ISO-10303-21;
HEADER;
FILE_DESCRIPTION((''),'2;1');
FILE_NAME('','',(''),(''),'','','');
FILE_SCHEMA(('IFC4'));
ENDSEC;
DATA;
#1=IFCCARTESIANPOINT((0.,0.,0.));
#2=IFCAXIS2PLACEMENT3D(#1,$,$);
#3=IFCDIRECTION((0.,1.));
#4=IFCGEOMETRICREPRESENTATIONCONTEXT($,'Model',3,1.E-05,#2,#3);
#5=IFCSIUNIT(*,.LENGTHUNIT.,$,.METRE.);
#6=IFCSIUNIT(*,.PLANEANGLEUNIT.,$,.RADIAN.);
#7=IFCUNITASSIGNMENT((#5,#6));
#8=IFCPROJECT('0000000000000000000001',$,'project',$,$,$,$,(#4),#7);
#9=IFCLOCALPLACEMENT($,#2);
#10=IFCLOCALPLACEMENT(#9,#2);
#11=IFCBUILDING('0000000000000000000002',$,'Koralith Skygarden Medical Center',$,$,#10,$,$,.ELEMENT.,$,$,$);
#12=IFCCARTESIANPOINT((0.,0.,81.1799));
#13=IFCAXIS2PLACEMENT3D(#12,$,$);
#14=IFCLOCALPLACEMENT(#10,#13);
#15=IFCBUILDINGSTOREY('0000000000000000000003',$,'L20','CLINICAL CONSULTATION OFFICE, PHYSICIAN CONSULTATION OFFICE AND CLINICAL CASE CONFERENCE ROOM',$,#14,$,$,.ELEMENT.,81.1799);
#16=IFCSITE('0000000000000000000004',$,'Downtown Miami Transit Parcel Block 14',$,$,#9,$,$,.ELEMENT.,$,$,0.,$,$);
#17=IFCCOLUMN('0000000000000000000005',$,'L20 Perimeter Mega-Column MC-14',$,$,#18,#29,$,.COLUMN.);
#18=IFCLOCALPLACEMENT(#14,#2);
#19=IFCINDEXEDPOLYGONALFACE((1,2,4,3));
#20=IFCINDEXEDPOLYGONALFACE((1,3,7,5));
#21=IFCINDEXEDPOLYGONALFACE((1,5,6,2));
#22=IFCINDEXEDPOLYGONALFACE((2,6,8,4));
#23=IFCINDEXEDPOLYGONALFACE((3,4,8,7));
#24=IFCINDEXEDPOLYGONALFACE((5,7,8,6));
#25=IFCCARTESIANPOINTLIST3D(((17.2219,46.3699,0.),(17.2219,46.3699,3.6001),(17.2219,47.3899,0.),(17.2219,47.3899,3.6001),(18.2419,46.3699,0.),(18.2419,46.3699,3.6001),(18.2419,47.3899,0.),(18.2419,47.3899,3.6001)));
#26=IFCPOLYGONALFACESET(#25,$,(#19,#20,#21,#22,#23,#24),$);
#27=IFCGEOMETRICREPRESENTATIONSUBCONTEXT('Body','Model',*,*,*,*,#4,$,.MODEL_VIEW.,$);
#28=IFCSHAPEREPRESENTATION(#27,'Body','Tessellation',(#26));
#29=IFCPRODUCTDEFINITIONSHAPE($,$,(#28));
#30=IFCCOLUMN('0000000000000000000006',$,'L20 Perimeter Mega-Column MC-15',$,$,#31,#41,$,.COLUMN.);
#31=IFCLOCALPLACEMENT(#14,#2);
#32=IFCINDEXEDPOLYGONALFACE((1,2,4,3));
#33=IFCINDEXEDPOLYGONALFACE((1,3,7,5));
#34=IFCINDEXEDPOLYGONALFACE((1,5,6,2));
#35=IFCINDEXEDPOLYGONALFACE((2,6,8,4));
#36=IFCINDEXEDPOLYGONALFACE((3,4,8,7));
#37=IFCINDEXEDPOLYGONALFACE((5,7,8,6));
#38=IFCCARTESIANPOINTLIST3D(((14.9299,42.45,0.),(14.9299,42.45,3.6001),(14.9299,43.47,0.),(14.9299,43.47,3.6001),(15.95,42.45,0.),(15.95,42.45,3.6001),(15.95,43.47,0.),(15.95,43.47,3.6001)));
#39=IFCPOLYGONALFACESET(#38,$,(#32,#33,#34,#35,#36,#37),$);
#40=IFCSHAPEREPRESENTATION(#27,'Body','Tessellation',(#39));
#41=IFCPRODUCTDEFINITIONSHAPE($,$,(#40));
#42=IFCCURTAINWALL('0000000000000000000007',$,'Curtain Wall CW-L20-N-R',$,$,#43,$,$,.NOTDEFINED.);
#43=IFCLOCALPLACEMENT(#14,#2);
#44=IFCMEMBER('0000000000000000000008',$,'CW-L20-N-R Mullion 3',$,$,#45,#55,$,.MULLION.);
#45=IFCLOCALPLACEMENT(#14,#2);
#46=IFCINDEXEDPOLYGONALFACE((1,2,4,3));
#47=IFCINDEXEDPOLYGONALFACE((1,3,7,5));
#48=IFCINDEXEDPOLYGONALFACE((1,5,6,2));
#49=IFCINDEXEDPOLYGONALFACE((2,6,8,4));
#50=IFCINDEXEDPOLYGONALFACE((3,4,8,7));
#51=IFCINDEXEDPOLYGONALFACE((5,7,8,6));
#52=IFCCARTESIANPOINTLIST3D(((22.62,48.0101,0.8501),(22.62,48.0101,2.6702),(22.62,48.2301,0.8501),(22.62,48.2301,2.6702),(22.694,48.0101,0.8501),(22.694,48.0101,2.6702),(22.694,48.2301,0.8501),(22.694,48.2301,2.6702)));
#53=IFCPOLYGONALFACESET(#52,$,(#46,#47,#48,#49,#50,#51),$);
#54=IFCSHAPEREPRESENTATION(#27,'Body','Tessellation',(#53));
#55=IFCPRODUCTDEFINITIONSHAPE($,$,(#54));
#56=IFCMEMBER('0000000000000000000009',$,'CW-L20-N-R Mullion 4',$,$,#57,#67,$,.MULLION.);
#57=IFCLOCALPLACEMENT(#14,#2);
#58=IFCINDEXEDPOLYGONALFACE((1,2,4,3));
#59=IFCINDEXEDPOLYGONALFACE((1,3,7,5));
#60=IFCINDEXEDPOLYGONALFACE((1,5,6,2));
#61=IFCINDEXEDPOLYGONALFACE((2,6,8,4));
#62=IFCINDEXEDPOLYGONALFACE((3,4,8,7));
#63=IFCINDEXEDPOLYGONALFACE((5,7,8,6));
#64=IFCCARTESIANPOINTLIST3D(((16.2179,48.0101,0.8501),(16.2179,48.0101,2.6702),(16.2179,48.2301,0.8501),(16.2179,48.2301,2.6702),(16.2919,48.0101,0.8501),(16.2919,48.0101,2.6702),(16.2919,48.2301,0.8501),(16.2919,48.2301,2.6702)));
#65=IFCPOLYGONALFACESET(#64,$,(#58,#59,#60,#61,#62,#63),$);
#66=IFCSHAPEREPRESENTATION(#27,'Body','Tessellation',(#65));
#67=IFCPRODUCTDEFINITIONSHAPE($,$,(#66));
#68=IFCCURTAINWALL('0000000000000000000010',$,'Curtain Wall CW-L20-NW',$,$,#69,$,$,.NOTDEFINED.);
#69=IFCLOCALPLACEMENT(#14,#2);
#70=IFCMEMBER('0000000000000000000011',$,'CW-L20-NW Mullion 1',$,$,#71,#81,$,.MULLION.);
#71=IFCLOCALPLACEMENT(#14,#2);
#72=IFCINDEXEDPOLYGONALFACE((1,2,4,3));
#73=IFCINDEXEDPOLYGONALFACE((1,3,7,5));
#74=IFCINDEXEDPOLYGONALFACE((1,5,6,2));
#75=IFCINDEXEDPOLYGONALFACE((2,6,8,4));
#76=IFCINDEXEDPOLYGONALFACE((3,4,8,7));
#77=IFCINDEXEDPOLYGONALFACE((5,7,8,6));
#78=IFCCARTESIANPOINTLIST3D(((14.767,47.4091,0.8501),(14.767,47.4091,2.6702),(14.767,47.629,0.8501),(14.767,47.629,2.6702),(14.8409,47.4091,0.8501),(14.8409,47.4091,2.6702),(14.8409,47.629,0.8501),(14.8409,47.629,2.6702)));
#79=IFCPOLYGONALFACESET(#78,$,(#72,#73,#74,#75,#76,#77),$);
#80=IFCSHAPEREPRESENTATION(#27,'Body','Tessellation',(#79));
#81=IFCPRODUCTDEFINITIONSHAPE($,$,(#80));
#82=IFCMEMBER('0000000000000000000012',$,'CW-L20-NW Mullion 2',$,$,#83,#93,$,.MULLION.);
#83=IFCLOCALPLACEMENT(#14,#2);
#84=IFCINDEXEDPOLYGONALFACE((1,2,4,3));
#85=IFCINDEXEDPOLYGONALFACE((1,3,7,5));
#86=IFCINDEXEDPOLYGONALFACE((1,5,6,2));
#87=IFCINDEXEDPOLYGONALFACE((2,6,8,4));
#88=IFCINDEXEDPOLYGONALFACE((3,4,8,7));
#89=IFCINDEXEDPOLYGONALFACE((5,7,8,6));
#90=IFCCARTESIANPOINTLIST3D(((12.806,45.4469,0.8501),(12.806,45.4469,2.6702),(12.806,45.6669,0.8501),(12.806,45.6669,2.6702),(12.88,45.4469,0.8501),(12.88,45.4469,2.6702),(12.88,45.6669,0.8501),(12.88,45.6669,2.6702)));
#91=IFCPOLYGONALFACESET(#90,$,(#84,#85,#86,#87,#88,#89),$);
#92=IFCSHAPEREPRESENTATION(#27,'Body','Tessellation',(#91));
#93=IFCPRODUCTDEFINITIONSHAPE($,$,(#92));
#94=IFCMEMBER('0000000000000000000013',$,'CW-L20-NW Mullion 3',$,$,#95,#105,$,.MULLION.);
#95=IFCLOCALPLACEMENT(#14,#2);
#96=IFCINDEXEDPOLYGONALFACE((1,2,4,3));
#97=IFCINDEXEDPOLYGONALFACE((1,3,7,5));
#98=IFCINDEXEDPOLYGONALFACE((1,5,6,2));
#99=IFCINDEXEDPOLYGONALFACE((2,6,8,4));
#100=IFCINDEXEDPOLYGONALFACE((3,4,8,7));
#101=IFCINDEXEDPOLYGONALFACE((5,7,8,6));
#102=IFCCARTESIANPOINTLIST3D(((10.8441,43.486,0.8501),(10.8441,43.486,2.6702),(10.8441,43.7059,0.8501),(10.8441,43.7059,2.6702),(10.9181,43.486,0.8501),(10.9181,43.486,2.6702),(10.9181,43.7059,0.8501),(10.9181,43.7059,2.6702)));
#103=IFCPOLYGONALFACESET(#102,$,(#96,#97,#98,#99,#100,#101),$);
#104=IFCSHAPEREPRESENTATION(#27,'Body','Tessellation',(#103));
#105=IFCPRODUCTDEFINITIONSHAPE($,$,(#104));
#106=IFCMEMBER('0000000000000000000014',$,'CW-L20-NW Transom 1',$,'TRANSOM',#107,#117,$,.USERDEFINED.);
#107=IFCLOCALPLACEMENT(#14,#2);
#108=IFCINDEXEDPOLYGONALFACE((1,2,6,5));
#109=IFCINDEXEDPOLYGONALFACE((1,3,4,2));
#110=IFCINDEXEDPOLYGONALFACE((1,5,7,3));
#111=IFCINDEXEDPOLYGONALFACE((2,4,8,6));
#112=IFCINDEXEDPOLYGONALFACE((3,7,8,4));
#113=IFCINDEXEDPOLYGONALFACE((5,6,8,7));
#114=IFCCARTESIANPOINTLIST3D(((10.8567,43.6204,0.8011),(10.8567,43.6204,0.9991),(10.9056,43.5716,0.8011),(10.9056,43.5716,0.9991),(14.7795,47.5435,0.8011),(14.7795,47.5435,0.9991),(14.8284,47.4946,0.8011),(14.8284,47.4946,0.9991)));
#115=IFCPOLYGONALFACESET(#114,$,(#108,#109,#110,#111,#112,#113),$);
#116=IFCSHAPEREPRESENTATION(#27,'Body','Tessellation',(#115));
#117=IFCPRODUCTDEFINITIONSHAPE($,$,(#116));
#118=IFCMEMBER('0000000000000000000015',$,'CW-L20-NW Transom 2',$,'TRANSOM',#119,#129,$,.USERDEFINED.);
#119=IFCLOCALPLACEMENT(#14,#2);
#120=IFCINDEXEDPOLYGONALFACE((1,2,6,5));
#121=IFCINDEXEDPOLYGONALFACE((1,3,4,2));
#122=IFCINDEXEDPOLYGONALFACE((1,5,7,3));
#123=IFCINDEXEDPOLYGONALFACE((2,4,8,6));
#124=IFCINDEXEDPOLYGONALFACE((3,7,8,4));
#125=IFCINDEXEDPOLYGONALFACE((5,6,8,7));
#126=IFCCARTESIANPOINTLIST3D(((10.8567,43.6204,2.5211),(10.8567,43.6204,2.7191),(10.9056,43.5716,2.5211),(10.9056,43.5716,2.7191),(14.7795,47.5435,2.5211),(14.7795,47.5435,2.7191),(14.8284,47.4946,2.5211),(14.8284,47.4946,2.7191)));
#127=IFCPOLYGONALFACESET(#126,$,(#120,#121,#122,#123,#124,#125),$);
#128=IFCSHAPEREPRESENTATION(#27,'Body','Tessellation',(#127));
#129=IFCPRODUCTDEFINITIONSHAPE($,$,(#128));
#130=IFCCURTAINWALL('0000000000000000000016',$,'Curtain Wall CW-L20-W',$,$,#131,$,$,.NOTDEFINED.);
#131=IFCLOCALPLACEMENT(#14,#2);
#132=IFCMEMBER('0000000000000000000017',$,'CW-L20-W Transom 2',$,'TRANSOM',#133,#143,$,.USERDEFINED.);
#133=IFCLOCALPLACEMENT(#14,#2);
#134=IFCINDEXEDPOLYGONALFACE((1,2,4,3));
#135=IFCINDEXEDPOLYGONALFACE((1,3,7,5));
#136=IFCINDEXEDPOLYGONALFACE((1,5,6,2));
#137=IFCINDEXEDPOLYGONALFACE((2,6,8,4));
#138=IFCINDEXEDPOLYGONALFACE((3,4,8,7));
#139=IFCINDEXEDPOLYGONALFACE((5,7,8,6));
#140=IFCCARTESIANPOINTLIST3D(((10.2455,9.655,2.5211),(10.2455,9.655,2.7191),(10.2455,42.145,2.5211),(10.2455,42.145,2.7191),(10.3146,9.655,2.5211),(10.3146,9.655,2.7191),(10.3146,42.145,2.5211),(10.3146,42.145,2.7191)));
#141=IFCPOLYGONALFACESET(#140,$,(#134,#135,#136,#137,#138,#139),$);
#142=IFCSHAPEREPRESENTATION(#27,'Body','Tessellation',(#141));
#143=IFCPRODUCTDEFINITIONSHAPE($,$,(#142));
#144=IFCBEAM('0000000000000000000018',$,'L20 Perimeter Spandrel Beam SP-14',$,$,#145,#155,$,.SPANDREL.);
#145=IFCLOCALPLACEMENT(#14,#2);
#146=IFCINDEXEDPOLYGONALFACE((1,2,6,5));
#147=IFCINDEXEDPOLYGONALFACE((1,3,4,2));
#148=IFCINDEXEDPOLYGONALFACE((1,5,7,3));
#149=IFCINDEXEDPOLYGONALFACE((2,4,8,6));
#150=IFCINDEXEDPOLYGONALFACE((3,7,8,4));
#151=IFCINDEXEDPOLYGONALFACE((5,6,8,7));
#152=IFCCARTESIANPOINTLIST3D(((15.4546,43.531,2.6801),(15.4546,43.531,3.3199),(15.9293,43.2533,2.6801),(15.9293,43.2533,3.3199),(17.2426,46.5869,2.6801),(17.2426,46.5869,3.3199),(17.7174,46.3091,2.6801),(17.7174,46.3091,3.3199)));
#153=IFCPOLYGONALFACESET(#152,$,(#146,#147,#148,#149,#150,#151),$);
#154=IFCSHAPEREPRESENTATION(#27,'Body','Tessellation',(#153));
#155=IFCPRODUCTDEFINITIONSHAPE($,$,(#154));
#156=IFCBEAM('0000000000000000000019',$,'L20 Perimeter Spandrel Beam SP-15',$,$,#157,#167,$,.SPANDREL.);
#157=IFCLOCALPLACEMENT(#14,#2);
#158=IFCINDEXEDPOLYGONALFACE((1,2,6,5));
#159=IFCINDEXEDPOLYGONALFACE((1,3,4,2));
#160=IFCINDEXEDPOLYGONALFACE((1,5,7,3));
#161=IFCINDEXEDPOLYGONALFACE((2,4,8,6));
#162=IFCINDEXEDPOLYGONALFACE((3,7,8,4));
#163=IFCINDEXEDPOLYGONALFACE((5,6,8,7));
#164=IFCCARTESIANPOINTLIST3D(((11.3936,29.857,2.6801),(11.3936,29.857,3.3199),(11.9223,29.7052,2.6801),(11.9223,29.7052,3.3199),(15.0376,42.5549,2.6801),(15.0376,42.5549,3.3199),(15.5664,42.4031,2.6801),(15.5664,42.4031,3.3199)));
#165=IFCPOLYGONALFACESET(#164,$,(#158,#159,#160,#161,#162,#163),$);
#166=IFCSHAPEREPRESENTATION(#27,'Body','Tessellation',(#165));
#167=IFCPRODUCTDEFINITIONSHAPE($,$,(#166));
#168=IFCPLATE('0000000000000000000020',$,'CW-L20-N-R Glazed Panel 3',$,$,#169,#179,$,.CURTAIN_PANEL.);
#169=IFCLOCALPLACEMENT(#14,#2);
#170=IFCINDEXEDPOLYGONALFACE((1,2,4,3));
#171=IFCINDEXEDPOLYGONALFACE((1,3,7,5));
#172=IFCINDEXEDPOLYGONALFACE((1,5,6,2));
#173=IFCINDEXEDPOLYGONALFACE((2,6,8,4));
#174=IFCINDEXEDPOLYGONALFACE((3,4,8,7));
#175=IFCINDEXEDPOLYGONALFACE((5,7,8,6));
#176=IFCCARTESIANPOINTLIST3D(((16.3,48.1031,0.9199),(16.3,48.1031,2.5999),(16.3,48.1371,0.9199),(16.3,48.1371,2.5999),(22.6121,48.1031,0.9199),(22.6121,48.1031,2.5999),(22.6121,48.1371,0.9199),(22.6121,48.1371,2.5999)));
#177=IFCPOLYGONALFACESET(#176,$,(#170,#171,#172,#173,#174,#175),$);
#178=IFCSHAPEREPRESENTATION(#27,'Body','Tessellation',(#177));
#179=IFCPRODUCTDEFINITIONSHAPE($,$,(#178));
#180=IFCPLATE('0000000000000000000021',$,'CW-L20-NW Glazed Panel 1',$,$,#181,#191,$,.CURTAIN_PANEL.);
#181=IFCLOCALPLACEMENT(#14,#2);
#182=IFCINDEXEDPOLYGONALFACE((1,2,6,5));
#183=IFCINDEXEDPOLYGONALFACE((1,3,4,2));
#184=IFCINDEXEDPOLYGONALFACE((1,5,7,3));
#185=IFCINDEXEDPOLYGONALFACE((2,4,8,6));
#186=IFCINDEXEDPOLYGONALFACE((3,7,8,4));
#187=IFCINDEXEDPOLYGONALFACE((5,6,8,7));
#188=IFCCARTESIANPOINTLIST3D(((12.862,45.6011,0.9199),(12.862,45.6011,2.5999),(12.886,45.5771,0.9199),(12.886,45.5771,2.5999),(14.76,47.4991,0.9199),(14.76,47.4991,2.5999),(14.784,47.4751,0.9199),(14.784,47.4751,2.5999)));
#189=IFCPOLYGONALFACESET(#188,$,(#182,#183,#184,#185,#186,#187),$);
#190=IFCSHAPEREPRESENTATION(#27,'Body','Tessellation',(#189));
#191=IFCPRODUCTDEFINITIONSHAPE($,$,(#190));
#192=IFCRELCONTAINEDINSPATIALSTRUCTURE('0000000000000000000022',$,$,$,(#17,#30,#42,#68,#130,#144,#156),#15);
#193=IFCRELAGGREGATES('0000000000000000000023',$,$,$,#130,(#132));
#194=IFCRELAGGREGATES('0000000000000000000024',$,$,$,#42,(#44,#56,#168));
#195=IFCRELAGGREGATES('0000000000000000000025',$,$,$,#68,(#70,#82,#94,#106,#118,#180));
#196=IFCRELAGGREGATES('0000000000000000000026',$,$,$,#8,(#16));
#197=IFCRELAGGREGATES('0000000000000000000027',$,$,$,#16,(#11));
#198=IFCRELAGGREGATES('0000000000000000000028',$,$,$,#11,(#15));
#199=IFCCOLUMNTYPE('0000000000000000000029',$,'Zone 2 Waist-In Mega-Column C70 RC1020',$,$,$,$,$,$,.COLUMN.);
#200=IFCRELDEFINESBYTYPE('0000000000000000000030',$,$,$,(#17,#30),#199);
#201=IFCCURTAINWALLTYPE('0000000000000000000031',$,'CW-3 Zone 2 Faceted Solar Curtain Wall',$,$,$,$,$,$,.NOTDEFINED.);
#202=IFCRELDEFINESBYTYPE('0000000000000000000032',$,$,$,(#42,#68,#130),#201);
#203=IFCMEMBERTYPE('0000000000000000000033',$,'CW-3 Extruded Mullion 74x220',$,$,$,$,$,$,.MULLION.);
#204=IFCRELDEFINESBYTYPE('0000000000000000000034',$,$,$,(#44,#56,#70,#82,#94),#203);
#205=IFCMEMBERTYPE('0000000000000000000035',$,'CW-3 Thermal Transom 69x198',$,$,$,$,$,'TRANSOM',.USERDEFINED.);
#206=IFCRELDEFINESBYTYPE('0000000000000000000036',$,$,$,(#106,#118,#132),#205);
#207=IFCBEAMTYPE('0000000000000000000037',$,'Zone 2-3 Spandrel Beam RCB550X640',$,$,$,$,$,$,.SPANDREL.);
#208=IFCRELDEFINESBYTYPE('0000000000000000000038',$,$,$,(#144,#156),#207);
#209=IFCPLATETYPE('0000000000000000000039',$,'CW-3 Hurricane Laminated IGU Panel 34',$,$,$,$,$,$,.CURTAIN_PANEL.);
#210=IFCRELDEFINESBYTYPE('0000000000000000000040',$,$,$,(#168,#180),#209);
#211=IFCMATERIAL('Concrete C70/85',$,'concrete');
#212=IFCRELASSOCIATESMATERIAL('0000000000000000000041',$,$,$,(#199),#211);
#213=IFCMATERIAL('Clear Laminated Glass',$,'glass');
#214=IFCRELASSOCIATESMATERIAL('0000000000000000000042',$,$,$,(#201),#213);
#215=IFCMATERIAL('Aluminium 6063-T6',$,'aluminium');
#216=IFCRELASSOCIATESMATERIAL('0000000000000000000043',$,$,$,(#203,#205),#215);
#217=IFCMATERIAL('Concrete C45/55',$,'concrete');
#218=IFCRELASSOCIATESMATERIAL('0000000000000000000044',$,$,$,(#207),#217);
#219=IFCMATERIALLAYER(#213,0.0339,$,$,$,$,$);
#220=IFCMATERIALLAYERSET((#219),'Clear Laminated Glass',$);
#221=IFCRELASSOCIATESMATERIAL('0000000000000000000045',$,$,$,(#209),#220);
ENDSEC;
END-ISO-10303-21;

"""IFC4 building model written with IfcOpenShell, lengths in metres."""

from ifc_helpers import new_model, si_unit, direction, frame, origin, origin_2d, place, context, subcontext, project, spatial, rectangle, extrude, material, layer, layer_set, material_profile, profile_set, type_object, element, aggregate, save


model = new_model("IFC4")

# Units and contexts
model_context = context("Model", 3, precision=1e-05, world=origin(), true_north=direction((0.0, 1.0)))
body_context = subcontext(model_context, "Body", "Model", "MODEL_VIEW")
ifc_project = project(units=[si_unit("LENGTHUNIT", "METRE"), si_unit("PLANEANGLEUNIT", "RADIAN")], contexts=[model_context])

# Site, building, storey
site_placement = place(None, origin())
site = spatial("IfcSite", under=ifc_project, at=site_placement, Name="Downtown Miami Transit Parcel Block 14", CompositionType="ELEMENT", RefElevation=0.0)
building_placement = place(site_placement, origin())
building = spatial("IfcBuilding", under=site, at=building_placement, Name="Koralith Skygarden Medical Center", CompositionType="ELEMENT")
storey_placement = place(building_placement, frame((0.0, 0.0, 81.1799)))
storey = spatial("IfcBuildingStorey", under=building, at=storey_placement, Name="L20", Description="CLINICAL CONSULTATION OFFICE, PHYSICIAN CONSULTATION OFFICE AND CLINICAL CASE CONFERENCE ROOM", CompositionType="ELEMENT", Elevation=81.1799)

# Columns
ifc_material_1 = material(Name="Concrete C70/85", Category="concrete")
ifc_material_profile_1 = material_profile(ifc_material_1, rectangle(XDim=1.02, YDim=1.02, at=origin_2d()), Name="RC1020X1020")
ifc_profile_set_1 = profile_set([ifc_material_profile_1], Name="Concrete C70/85")
column_type = type_object("IfcColumnType", Name="Zone 2 Waist-In Mega-Column C70 RC1020", PredefinedType="COLUMN", material=ifc_profile_set_1)
for number, where, z_axis, x_axis, name in (
    (1, (17.7319, 46.8799, 0.0), (0.0, 0.0, 1.0), (1.0, 0.0, 0.0), "L20 Perimeter Mega-Column MC-14"),
    (2, (15.4399, 42.96, 0.0), (0.0, 0.0, 1.0), (1.0, 0.0, 0.0), "L20 Perimeter Mega-Column MC-15"),
):
    element("IfcColumn", number, at=place(storey_placement, frame(where, z_axis=z_axis, x_axis=x_axis)), inside=storey, type_object=column_type, Name=name, PredefinedType="COLUMN", context=body_context, shape_type="SweptSolid", body=[
        extrude(rectangle(XDim=1.02, YDim=1.02, at=origin_2d()), origin(), (0.0, 0.0, 1.0), 3.6001),
    ])

# Curtain walls, members
ifc_material_2 = material(Name="Clear Laminated Glass", Category="glass")
curtain_wall_type = type_object("IfcCurtainWallType", Name="CW-3 Zone 2 Faceted Solar Curtain Wall", PredefinedType="NOTDEFINED", material=ifc_material_2)
curtain_wall_1_placement = place(storey_placement, origin())
curtain_wall_1 = element("IfcCurtainWall", 3, at=curtain_wall_1_placement, inside=storey, type_object=curtain_wall_type, Name="Curtain Wall CW-L20-N-R", PredefinedType="NOTDEFINED")
ifc_material_3 = material(Name="Aluminium 6063-T6", Category="aluminium")
ifc_material_profile_2 = material_profile(ifc_material_3, rectangle(XDim=0.074, YDim=0.22, at=origin_2d()), Name="MUL74X220")
ifc_profile_set_2 = profile_set([ifc_material_profile_2], Name="Aluminium 6063-T6")
member_type_1 = type_object("IfcMemberType", Name="CW-3 Extruded Mullion 74x220", PredefinedType="MULLION", material=ifc_profile_set_2)
member_1_placement = place(storey_placement, frame((22.657, 48.1201, 0.8501), z_axis=(0.0, 0.0, 1.0), x_axis=(1.0, 0.0, 0.0)))
member_1 = element("IfcMember", 4, at=member_1_placement, type_object=member_type_1, Name="CW-L20-N-R Mullion 3", PredefinedType="MULLION", context=body_context, shape_type="SweptSolid", body=[
    extrude(rectangle(XDim=0.074, YDim=0.22, at=origin_2d()), origin(), (0.0, 0.0, 1.0), 1.8201),
])
member_2_placement = place(storey_placement, frame((16.2549, 48.1201, 0.8501), z_axis=(0.0, 0.0, 1.0), x_axis=(1.0, 0.0, 0.0)))
member_2 = element("IfcMember", 5, at=member_2_placement, type_object=member_type_1, Name="CW-L20-N-R Mullion 4", PredefinedType="MULLION", context=body_context, shape_type="SweptSolid", body=[
    extrude(rectangle(XDim=0.074, YDim=0.22, at=origin_2d()), origin(), (0.0, 0.0, 1.0), 1.8201),
])
curtain_wall_2_placement = place(storey_placement, origin())
curtain_wall_2 = element("IfcCurtainWall", 6, at=curtain_wall_2_placement, inside=storey, type_object=curtain_wall_type, Name="Curtain Wall CW-L20-NW", PredefinedType="NOTDEFINED")
member_3_placement = place(storey_placement, frame((14.804, 47.519, 0.8501), z_axis=(0.0, 0.0, 1.0), x_axis=(1.0, 0.0, 0.0)))
member_3 = element("IfcMember", 7, at=member_3_placement, type_object=member_type_1, Name="CW-L20-NW Mullion 1", PredefinedType="MULLION", context=body_context, shape_type="SweptSolid", body=[
    extrude(rectangle(XDim=0.074, YDim=0.22, at=origin_2d()), origin(), (0.0, 0.0, 1.0), 1.8201),
])
member_4_placement = place(storey_placement, frame((12.843, 45.5569, 0.8501), z_axis=(0.0, 0.0, 1.0), x_axis=(1.0, 0.0, 0.0)))
member_4 = element("IfcMember", 8, at=member_4_placement, type_object=member_type_1, Name="CW-L20-NW Mullion 2", PredefinedType="MULLION", context=body_context, shape_type="SweptSolid", body=[
    extrude(rectangle(XDim=0.074, YDim=0.22, at=origin_2d()), origin(), (0.0, 0.0, 1.0), 1.8201),
])
member_5_placement = place(storey_placement, frame((10.8811, 43.5959, 0.8501), z_axis=(0.0, 0.0, 1.0), x_axis=(1.0, 0.0, 0.0)))
member_5 = element("IfcMember", 9, at=member_5_placement, type_object=member_type_1, Name="CW-L20-NW Mullion 3", PredefinedType="MULLION", context=body_context, shape_type="SweptSolid", body=[
    extrude(rectangle(XDim=0.074, YDim=0.22, at=origin_2d()), origin(), (0.0, 0.0, 1.0), 1.8201),
])
ifc_material_profile_3 = material_profile(ifc_material_3, rectangle(XDim=0.0691, YDim=0.198, at=origin_2d()), Name="TRN69X198")
ifc_profile_set_3 = profile_set([ifc_material_profile_3], Name="Aluminium 6063-T6")
member_type_2 = type_object("IfcMemberType", Name="CW-3 Thermal Transom 69x198", ElementType="TRANSOM", PredefinedType="USERDEFINED", material=ifc_profile_set_3)
member_6_placement = place(storey_placement, frame((14.804, 47.519, 0.9001), z_axis=(-0.707085, -0.707129, 0.0), x_axis=(0.707129, -0.707085, 0.0)))
member_6 = element("IfcMember", 10, at=member_6_placement, type_object=member_type_2, Name="CW-L20-NW Transom 1", ObjectType="TRANSOM", PredefinedType="USERDEFINED", context=body_context, shape_type="SweptSolid", body=[
    extrude(rectangle(XDim=0.0691, YDim=0.198, at=origin_2d()), origin(), (0.0, 0.0, 1.0), 5.5479),
])
member_7_placement = place(storey_placement, frame((14.804, 47.519, 2.6201), z_axis=(-0.707085, -0.707129, 0.0), x_axis=(0.707129, -0.707085, 0.0)))
member_7 = element("IfcMember", 11, at=member_7_placement, type_object=member_type_2, Name="CW-L20-NW Transom 2", ObjectType="TRANSOM", PredefinedType="USERDEFINED", context=body_context, shape_type="SweptSolid", body=[
    extrude(rectangle(XDim=0.0691, YDim=0.198, at=origin_2d()), origin(), (0.0, 0.0, 1.0), 5.5479),
])

# Curtain wall, member
curtain_wall_3_placement = place(storey_placement, origin())
curtain_wall_3 = element("IfcCurtainWall", 12, at=curtain_wall_3_placement, inside=storey, type_object=curtain_wall_type, Name="Curtain Wall CW-L20-W", PredefinedType="NOTDEFINED")
member_8_placement = place(storey_placement, frame((10.28, 42.145, 2.6201), z_axis=(0.0, -1.0, 0.0), x_axis=(1.0, 0.0, 0.0)))
member_8 = element("IfcMember", 13, at=member_8_placement, type_object=member_type_2, Name="CW-L20-W Transom 2", ObjectType="TRANSOM", PredefinedType="USERDEFINED", context=body_context, shape_type="SweptSolid", body=[
    extrude(rectangle(XDim=0.0691, YDim=0.198, at=origin_2d()), origin(), (0.0, 0.0, 1.0), 32.49),
])
aggregate(curtain_wall_3, [member_8])

# Beams
ifc_material_4 = material(Name="Concrete C45/55", Category="concrete")
ifc_material_profile_4 = material_profile(ifc_material_4, rectangle(XDim=0.55, YDim=0.6399, at=origin_2d()), Name="RCB550X640")
ifc_profile_set_4 = profile_set([ifc_material_profile_4], Name="Concrete C45/55")
beam_type = type_object("IfcBeamType", Name="Zone 2-3 Spandrel Beam RCB550X640", PredefinedType="SPANDREL", material=ifc_profile_set_4)
beam_1_placement = place(storey_placement, frame((17.48, 46.448, 3.0), z_axis=(-0.505024, -0.863105, 0.0), x_axis=(0.863105, -0.505024, 0.0)))
element("IfcBeam", 14, at=beam_1_placement, inside=storey, type_object=beam_type, Name="L20 Perimeter Spandrel Beam SP-14", PredefinedType="SPANDREL", context=body_context, shape_type="SweptSolid", body=[
    extrude(rectangle(XDim=0.55, YDim=0.6399, at=origin_2d()), origin(), (0.0, 0.0, 1.0), 3.5405),
])
beam_2_placement = place(storey_placement, frame((15.302, 42.479, 3.0), z_axis=(-0.275844, -0.961202, 0.0), x_axis=(0.961202, -0.275844, 0.0)))
element("IfcBeam", 15, at=beam_2_placement, inside=storey, type_object=beam_type, Name="L20 Perimeter Spandrel Beam SP-15", PredefinedType="SPANDREL", context=body_context, shape_type="SweptSolid", body=[
    extrude(rectangle(XDim=0.55, YDim=0.6399, at=origin_2d()), origin(), (0.0, 0.0, 1.0), 13.2104),
])

# Plates
ifc_layer_1 = layer(ifc_material_2, 0.0339)
ifc_layer_set_1 = layer_set([ifc_layer_1], Name="Clear Laminated Glass")
plate_type_1 = type_object("IfcPlateType", Name="CW-3 Hurricane Laminated IGU Panel 34", PredefinedType="CURTAIN_PANEL", material=ifc_layer_set_1)
plate_1_placement = place(storey_placement, frame((19.4561, 48.1201, 0.9199), z_axis=(0.0, 0.0, 1.0), x_axis=(-1.0, 0.0, 0.0)))
plate_1 = element("IfcPlate", 16, at=plate_1_placement, type_object=plate_type_1, Name="CW-L20-N-R Glazed Panel 3", PredefinedType="CURTAIN_PANEL", context=body_context, shape_type="SweptSolid", body=[
    extrude(rectangle(XDim=6.312, YDim=0.0339, at=origin_2d()), origin(), (0.0, 0.0, 1.0), 1.6799),
])
aggregate(curtain_wall_1, [member_1, member_2, plate_1])
plate_2_placement = place(storey_placement, frame((13.823, 46.5381, 0.9199), z_axis=(0.0, 0.0, 1.0), x_axis=(-0.707107, -0.707107, 0.0)))
plate_2 = element("IfcPlate", 17, at=plate_2_placement, type_object=plate_type_1, Name="CW-L20-NW Glazed Panel 1", PredefinedType="CURTAIN_PANEL", context=body_context, shape_type="SweptSolid", body=[
    extrude(rectangle(XDim=2.6841, YDim=0.0339, at=origin_2d()), origin(), (0.0, 0.0, 1.0), 1.6799),
])
aggregate(curtain_wall_2, [member_3, member_4, member_5, member_6, member_7, plate_2])

save(model, "model.ifc")
